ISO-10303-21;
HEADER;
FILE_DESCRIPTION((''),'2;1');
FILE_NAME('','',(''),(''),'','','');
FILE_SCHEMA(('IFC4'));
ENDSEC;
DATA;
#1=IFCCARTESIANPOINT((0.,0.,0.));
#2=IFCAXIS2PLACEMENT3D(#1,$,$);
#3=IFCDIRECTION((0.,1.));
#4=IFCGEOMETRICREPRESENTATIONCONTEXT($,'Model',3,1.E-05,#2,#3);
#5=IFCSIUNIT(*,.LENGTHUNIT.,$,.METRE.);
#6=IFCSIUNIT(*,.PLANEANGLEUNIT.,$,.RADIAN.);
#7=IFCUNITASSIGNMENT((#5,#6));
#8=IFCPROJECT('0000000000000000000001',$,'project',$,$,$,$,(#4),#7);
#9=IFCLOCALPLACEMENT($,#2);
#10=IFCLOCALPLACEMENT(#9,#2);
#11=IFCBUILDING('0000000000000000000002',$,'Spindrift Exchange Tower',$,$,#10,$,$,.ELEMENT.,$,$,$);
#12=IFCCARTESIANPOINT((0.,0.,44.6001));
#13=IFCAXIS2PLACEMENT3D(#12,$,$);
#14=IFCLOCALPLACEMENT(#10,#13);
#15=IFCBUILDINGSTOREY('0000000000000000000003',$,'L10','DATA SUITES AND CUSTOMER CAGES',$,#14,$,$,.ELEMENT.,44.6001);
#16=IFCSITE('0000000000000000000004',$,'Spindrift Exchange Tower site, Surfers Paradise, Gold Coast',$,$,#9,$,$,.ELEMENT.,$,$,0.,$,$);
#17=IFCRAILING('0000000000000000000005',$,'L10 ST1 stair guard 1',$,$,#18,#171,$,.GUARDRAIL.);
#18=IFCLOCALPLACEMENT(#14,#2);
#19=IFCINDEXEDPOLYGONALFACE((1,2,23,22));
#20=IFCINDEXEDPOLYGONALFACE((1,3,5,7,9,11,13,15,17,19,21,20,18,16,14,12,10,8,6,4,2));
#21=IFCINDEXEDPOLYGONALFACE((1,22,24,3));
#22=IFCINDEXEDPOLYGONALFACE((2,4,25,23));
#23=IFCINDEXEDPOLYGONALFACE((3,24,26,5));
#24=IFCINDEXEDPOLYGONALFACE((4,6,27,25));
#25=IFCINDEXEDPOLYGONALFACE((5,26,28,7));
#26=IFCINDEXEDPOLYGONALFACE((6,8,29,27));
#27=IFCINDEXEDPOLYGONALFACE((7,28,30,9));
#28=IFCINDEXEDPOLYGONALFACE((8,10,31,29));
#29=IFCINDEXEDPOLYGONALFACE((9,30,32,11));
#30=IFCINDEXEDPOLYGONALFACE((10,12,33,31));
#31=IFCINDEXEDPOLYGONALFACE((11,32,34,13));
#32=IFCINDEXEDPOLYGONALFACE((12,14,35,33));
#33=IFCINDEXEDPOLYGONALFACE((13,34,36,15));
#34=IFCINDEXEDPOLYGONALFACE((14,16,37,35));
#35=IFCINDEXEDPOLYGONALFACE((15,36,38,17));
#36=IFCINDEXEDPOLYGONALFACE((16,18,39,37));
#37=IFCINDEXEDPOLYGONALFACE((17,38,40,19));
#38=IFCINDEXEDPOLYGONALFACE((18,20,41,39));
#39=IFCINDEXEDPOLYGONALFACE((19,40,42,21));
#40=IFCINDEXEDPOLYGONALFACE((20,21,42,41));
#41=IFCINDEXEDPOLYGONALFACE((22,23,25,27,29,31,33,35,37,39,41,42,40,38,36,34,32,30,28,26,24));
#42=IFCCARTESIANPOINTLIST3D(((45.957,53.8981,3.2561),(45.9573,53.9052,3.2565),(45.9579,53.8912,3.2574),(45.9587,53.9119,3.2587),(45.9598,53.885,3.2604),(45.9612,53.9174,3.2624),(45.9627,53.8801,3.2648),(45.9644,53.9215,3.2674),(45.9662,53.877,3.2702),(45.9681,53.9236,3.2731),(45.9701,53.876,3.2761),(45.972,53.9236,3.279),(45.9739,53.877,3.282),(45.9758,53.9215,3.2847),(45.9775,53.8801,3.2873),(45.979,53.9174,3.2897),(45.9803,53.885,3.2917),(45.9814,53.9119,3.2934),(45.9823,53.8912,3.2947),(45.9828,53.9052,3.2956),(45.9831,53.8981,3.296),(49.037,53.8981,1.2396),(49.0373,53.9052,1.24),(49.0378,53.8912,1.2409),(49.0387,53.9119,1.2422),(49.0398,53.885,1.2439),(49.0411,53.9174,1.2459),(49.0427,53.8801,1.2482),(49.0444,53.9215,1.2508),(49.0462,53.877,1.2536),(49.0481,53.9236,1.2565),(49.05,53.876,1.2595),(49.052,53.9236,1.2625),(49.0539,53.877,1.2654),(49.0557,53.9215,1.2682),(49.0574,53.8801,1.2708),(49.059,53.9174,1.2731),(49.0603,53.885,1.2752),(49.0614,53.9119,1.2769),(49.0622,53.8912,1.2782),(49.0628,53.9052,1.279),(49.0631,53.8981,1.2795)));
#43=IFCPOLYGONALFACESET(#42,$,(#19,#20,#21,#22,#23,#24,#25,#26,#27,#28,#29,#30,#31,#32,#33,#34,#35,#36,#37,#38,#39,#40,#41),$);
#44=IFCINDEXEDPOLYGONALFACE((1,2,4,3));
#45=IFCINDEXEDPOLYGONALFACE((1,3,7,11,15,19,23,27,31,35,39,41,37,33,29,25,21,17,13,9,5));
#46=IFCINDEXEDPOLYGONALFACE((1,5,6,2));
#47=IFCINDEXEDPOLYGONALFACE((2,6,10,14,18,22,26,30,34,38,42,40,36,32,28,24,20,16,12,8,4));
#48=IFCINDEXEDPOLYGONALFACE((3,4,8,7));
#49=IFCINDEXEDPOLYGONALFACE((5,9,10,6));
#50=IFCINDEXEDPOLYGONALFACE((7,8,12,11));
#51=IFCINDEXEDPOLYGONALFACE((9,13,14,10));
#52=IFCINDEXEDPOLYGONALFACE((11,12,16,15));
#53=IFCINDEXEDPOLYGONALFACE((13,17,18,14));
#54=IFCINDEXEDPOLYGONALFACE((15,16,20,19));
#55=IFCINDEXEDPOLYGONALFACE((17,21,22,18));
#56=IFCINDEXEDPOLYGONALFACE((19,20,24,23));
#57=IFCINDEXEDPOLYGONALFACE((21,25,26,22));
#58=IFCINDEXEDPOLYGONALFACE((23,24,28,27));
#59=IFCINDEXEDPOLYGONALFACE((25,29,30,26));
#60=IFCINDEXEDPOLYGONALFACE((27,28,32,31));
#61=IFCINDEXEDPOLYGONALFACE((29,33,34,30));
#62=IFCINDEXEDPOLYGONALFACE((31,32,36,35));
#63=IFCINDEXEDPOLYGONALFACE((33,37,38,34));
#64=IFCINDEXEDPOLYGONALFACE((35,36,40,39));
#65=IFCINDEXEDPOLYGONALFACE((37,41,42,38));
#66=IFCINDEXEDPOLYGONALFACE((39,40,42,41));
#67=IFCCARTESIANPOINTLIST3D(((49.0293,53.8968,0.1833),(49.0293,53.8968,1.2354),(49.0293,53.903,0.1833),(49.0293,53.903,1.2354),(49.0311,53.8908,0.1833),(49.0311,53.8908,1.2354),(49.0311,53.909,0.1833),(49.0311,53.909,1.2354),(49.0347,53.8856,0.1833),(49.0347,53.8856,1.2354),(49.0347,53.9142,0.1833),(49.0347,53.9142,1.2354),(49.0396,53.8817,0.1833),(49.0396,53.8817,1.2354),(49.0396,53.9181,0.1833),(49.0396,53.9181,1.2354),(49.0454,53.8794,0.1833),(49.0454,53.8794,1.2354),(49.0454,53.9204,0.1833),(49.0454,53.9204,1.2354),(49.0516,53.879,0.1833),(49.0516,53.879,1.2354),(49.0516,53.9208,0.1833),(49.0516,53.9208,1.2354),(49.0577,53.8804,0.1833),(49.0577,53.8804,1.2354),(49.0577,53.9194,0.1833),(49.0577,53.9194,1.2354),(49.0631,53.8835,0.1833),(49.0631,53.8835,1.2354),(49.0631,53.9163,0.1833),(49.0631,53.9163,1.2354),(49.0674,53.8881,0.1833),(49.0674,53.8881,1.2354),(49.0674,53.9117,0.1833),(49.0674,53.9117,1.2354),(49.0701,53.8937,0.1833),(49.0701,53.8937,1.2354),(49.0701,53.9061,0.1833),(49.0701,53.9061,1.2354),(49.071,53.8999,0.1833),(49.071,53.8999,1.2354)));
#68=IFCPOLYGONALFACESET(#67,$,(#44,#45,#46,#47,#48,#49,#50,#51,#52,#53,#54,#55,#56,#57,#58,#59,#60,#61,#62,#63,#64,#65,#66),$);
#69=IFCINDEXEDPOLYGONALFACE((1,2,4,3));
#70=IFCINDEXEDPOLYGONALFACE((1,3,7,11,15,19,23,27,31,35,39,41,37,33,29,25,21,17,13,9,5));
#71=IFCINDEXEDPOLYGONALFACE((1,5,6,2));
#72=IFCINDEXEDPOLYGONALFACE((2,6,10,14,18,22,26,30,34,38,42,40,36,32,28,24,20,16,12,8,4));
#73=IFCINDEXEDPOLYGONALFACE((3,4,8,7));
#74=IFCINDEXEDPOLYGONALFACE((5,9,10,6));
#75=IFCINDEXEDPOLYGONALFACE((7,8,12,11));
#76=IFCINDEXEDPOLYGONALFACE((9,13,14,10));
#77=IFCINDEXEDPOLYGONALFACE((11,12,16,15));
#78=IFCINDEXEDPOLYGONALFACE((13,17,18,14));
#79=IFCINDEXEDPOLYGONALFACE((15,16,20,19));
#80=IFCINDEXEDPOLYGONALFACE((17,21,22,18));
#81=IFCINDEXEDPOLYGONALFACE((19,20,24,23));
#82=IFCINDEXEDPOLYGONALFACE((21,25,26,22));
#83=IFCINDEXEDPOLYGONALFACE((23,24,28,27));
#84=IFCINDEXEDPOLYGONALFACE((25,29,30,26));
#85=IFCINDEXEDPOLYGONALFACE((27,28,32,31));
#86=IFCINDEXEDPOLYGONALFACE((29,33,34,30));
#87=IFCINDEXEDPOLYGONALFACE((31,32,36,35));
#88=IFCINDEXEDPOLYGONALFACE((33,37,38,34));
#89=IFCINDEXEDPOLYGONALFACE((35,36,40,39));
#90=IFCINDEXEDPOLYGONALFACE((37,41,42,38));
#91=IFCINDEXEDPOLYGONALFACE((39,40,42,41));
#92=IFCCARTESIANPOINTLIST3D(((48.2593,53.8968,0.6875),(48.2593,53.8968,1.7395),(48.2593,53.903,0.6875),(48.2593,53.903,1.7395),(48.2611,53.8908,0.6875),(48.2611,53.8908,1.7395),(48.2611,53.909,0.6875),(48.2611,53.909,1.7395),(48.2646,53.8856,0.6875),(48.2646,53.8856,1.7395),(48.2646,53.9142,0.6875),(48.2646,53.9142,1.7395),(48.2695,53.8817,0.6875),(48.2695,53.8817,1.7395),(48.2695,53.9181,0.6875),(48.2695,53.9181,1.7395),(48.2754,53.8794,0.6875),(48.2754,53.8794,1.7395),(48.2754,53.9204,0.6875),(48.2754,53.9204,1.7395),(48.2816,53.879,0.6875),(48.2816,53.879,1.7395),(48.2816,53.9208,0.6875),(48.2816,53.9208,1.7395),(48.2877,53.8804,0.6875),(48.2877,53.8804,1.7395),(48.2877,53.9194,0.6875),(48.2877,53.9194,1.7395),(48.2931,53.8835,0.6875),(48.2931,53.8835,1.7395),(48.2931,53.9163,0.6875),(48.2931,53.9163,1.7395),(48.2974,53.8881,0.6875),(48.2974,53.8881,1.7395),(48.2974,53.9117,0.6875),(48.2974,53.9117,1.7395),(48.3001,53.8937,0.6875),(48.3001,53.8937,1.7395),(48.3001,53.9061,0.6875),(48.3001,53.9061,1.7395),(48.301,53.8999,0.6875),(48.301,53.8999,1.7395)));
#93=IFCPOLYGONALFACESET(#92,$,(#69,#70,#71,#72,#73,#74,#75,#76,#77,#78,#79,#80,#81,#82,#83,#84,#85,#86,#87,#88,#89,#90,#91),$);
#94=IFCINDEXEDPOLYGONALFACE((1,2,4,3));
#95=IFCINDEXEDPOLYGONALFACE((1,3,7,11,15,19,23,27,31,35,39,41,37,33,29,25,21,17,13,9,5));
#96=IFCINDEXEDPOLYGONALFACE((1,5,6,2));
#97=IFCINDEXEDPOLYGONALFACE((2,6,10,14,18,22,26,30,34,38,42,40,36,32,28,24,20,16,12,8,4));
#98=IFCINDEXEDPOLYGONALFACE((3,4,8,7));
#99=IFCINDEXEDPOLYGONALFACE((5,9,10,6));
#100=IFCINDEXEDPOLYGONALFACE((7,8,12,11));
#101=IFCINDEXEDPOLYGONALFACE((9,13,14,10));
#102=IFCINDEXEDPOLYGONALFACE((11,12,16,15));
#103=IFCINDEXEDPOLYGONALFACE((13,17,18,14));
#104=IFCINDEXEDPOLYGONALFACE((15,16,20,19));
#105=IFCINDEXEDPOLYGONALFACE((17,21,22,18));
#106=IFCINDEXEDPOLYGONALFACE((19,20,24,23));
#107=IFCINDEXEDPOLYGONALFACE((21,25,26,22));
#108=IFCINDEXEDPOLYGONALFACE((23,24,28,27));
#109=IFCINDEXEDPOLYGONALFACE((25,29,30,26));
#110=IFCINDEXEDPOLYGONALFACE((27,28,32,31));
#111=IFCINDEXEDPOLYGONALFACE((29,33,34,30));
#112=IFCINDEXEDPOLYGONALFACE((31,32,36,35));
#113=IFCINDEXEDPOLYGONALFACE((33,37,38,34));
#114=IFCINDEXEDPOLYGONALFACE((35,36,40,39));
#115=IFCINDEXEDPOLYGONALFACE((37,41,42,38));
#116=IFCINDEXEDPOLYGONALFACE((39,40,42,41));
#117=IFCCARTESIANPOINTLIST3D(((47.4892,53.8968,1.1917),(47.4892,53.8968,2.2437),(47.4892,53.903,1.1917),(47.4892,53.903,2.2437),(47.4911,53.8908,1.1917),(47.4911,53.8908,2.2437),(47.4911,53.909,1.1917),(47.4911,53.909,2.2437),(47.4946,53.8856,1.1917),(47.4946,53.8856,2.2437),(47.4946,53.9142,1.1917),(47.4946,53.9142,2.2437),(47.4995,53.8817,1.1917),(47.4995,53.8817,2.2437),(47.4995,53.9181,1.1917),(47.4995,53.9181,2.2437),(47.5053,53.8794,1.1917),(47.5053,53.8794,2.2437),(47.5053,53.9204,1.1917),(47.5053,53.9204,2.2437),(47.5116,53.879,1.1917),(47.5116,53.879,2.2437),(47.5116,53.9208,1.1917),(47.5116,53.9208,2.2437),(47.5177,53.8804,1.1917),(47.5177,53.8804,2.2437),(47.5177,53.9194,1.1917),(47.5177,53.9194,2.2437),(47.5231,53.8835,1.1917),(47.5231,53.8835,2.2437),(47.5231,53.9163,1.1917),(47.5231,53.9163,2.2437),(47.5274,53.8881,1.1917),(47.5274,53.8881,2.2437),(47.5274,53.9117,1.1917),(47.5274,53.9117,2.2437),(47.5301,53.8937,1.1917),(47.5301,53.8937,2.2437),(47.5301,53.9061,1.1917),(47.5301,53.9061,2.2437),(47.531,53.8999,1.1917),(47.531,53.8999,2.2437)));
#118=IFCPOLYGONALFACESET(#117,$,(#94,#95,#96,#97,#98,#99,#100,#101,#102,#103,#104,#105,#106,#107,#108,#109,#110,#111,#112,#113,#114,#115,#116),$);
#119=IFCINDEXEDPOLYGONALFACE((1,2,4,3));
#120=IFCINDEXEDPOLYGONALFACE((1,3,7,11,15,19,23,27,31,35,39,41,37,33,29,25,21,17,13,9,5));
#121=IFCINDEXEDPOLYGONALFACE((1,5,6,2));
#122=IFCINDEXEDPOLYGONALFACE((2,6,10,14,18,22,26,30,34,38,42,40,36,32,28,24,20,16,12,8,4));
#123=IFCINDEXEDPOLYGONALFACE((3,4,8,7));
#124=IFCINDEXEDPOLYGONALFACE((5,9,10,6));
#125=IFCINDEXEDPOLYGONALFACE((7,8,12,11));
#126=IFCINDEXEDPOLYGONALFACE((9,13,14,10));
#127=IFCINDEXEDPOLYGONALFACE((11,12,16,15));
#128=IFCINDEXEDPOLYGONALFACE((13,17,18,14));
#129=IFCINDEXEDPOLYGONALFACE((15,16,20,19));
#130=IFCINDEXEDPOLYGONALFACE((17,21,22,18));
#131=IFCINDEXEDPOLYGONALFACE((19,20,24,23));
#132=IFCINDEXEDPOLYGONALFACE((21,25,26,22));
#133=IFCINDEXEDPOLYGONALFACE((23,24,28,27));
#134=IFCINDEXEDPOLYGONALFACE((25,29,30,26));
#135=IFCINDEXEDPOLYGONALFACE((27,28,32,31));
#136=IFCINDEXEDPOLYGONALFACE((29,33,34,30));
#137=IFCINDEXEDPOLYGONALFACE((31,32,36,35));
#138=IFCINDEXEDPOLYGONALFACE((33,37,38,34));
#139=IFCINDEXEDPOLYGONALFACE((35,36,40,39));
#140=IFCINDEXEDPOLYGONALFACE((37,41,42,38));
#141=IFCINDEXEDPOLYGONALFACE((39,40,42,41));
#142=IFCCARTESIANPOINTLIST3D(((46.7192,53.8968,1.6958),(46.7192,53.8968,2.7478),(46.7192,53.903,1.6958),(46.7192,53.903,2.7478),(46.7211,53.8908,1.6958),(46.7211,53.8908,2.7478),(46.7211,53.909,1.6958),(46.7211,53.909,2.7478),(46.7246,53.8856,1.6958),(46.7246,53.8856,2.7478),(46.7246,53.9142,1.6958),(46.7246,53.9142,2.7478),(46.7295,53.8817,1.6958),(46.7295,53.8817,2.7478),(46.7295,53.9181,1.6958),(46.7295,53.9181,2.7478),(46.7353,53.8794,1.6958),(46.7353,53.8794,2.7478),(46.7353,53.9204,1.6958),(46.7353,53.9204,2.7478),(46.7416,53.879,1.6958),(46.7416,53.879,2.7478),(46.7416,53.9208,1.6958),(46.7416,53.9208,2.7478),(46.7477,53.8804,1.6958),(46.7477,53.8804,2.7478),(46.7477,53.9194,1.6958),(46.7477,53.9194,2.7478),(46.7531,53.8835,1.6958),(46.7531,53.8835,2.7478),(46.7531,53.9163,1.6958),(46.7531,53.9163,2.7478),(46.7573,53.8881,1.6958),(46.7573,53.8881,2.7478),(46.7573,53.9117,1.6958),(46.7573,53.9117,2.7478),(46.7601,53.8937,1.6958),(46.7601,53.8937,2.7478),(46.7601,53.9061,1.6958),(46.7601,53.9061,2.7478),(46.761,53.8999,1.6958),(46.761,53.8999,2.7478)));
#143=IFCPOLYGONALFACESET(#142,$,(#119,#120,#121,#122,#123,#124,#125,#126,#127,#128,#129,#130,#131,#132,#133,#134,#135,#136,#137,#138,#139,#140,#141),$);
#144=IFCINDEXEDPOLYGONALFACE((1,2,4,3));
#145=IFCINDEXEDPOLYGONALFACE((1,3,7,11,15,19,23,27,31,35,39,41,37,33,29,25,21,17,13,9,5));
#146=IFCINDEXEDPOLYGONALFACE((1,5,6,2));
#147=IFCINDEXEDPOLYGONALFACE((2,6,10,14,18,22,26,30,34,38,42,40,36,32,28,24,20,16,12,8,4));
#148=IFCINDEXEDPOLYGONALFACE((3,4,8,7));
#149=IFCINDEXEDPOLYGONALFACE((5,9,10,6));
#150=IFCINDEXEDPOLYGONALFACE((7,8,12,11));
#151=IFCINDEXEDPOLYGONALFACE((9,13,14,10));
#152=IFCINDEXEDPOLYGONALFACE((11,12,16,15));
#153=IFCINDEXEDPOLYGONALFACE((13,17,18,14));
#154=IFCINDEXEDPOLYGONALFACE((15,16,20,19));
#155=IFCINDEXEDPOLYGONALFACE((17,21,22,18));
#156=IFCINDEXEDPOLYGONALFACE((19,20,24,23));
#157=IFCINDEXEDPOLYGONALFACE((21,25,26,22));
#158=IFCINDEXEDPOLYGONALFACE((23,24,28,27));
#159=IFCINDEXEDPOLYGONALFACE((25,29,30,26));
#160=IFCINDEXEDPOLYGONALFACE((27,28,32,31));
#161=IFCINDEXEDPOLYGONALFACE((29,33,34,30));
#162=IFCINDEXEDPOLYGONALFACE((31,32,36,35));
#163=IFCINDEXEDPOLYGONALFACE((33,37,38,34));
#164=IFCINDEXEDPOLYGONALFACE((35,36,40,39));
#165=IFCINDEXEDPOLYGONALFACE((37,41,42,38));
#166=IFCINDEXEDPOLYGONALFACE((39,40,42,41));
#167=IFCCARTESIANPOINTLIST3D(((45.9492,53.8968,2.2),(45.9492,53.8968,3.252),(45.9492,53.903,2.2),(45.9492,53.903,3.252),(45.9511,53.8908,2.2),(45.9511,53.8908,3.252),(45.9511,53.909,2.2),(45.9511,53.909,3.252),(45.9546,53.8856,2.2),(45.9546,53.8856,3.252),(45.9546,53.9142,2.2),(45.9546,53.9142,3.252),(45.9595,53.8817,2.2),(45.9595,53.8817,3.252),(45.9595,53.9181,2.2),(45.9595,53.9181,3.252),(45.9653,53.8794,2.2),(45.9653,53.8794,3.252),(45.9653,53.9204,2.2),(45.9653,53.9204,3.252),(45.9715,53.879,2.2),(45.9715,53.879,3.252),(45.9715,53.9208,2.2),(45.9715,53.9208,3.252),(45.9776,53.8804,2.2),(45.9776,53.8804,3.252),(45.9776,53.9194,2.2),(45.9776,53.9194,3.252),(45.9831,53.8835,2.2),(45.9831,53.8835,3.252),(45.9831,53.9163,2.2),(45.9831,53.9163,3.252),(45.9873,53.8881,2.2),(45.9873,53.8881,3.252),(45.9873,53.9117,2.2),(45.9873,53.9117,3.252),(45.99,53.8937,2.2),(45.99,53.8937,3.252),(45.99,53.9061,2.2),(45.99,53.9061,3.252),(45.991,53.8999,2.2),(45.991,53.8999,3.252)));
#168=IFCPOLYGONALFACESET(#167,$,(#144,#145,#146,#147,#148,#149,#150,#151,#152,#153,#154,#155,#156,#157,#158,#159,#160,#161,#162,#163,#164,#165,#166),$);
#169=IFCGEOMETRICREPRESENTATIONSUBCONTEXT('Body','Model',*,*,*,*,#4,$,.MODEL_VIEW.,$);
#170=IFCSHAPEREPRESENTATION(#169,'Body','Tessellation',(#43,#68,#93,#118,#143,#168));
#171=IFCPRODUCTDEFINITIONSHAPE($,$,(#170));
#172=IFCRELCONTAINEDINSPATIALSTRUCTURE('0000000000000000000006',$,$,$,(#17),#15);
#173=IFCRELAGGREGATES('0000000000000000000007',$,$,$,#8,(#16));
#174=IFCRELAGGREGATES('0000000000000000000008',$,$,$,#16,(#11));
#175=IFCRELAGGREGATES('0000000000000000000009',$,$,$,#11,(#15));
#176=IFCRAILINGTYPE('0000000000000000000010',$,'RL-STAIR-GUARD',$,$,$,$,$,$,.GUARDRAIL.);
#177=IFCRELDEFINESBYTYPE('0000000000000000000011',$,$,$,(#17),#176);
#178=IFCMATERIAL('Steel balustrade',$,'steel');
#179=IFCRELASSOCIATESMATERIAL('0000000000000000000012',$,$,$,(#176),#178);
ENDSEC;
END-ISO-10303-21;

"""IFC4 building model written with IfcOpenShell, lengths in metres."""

from ifc_helpers import new_model, si_unit, direction, frame, origin, origin_2d, place, context, subcontext, project, spatial, circle, extrude, material, type_object, element, save


model = new_model("IFC4")

# Units and contexts
model_context = context("Model", 3, precision=1e-05, world=origin(), true_north=direction((0.0, 1.0)))
body_context = subcontext(model_context, "Body", "Model", "MODEL_VIEW")
ifc_project = project(units=[si_unit("LENGTHUNIT", "METRE"), si_unit("PLANEANGLEUNIT", "RADIAN")], contexts=[model_context])

# Site, building, storey
site_placement = place(None, origin())
site = spatial("IfcSite", under=ifc_project, at=site_placement, Name="Spindrift Exchange Tower site, Surfers Paradise, Gold Coast", CompositionType="ELEMENT", RefElevation=0.0)
building_placement = place(site_placement, origin())
building = spatial("IfcBuilding", under=site, at=building_placement, Name="Spindrift Exchange Tower", CompositionType="ELEMENT")
storey_placement = place(building_placement, frame((0.0, 0.0, 44.6001)))
storey = spatial("IfcBuildingStorey", under=building, at=storey_placement, Name="L10", Description="DATA SUITES AND CUSTOMER CAGES", CompositionType="ELEMENT", Elevation=44.6001)

# Railing
ifc_material_1 = material(Name="Steel balustrade", Category="steel")
railing_type_1 = type_object("IfcRailingType", Name="RL-STAIR-GUARD", PredefinedType="GUARDRAIL", material=ifc_material_1)
railing_1_placement = place(storey_placement, frame((49.05, 53.8999, 0.1833)))
element("IfcRailing", 1, at=railing_1_placement, inside=storey, type_object=railing_type_1, Name="L10 ST1 stair guard 1", PredefinedType="GUARDRAIL", context=body_context, shape_type="SweptSolid", body=[
    extrude(circle(Radius=0.0239, at=origin_2d()), frame((0.0, 0.0, 1.0762), z_axis=(-0.836633, 0.0, 0.547764), x_axis=(0.0, -1.0, 0.0)), (0.0, 0.0, 1.0), 3.6814),
    extrude(circle(Radius=0.021, at=origin_2d()), origin(), (0.0, 0.0, 1.0), 1.052),
    extrude(circle(Radius=0.021, at=origin_2d()), frame((-0.77, 0.0, 0.5042)), (0.0, 0.0, 1.0), 1.052),
    extrude(circle(Radius=0.021, at=origin_2d()), frame((-1.54, 0.0, 1.0083)), (0.0, 0.0, 1.0), 1.052),
    extrude(circle(Radius=0.021, at=origin_2d()), frame((-2.3101, 0.0, 1.5125)), (0.0, 0.0, 1.0), 1.052),
    extrude(circle(Radius=0.021, at=origin_2d()), frame((-3.0801, 0.0, 2.0166)), (0.0, 0.0, 1.0), 1.052),
])

save(model, "model.ifc")
